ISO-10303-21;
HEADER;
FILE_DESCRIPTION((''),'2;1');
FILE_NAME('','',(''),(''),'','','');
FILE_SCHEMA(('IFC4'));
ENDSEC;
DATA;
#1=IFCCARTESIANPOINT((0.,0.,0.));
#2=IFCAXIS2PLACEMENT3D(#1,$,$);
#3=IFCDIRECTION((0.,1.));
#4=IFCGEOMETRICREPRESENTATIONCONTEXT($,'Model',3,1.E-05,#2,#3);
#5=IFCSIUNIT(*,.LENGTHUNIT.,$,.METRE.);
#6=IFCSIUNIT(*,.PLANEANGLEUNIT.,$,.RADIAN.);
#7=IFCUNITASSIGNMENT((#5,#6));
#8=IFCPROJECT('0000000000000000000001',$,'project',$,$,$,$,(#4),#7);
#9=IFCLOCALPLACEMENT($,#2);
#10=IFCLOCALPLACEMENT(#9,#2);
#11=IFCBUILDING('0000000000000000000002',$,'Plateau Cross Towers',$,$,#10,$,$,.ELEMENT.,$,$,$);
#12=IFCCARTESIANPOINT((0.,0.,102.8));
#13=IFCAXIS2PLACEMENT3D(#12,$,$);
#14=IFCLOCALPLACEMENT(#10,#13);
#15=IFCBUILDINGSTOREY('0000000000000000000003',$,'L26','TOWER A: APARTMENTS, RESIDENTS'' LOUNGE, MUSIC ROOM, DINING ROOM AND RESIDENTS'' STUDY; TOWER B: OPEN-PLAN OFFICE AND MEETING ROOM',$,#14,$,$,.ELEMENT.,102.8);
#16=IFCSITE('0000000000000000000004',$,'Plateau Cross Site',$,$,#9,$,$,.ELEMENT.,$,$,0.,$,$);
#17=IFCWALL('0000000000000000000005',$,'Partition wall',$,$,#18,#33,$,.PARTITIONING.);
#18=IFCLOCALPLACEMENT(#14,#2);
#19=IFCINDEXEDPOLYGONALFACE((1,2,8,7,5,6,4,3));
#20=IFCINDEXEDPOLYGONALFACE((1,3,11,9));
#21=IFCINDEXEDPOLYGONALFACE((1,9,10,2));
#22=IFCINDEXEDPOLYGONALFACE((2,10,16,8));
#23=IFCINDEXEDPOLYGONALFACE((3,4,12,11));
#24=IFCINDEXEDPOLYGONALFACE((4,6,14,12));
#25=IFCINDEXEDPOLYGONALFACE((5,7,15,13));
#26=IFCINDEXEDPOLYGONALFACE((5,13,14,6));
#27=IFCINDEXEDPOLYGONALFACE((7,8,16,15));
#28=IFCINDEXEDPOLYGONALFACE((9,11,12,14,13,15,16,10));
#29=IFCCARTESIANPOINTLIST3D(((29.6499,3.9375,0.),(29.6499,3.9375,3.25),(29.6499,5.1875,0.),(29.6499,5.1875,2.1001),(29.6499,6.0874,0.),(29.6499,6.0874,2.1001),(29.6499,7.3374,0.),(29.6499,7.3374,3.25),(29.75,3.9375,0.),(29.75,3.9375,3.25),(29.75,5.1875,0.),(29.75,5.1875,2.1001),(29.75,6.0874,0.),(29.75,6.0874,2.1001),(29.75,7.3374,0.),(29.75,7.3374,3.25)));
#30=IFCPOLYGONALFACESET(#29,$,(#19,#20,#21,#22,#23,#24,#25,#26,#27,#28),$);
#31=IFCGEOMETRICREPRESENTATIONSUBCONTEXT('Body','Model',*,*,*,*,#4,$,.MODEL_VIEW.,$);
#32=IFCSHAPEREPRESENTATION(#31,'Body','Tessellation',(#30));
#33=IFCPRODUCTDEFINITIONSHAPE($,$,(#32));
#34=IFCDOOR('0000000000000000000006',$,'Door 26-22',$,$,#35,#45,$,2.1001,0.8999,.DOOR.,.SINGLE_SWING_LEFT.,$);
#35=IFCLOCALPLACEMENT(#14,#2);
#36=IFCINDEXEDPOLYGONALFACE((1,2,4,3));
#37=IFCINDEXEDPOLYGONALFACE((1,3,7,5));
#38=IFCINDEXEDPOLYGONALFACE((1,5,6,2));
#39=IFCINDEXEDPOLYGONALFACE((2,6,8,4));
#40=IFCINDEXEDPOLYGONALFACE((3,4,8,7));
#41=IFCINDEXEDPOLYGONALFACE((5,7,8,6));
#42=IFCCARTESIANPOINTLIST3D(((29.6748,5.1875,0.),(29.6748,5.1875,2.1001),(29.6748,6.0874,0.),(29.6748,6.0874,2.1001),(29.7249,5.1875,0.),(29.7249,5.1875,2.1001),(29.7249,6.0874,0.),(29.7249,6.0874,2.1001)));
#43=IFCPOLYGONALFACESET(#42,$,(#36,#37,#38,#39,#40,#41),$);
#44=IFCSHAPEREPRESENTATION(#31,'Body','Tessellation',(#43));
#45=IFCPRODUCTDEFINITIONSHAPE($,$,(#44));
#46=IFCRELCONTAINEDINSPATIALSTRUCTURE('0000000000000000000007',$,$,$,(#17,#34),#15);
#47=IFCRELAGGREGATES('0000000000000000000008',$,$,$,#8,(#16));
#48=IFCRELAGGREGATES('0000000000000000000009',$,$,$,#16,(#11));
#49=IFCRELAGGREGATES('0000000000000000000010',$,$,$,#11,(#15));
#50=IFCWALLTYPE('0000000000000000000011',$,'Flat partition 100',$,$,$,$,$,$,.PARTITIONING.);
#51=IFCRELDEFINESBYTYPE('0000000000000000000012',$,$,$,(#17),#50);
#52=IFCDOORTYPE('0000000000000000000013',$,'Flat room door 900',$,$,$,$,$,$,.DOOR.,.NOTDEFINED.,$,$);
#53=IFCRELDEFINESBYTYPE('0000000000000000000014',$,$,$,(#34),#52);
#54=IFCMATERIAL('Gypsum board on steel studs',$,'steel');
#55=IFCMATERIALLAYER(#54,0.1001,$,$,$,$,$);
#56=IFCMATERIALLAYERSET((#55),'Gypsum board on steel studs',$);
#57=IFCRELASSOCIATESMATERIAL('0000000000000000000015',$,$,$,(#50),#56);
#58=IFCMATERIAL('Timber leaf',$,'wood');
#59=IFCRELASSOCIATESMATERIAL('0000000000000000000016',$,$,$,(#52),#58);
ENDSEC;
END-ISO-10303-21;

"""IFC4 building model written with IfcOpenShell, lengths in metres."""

from ifc_helpers import new_model, si_unit, direction, frame, frame_2d, origin, place, context, subcontext, project, spatial, rectangle, extrude, material, layer, layer_set, type_object, element, fill, save


model = new_model("IFC4")

# Units and contexts
model_context = context("Model", 3, precision=1e-05, world=origin(), true_north=direction((0.0, 1.0)))
body_context = subcontext(model_context, "Body", "Model", "MODEL_VIEW")
ifc_project = project(units=[si_unit("LENGTHUNIT", "METRE"), si_unit("PLANEANGLEUNIT", "RADIAN")], contexts=[model_context])

# Site, building, storey
site_placement = place(None, origin())
site = spatial("IfcSite", under=ifc_project, at=site_placement, Name="Plateau Cross Site", CompositionType="ELEMENT", RefElevation=0.0)
building_placement = place(site_placement, origin())
building = spatial("IfcBuilding", under=site, at=building_placement, Name="Plateau Cross Towers", CompositionType="ELEMENT")
storey_placement = place(building_placement, frame((0.0, 0.0, 102.8)))
storey = spatial("IfcBuildingStorey", under=building, at=storey_placement, Name="L26", Description="TOWER A: APARTMENTS, RESIDENTS' LOUNGE, MUSIC ROOM, DINING ROOM AND RESIDENTS' STUDY; TOWER B: OPEN-PLAN OFFICE AND MEETING ROOM", CompositionType="ELEMENT", Elevation=102.8)

# Shared definitions
ifc_material_1 = material(Name="Gypsum board on steel studs", Category="steel")
ifc_layer_1 = layer(ifc_material_1, 0.1001)
ifc_layer_set_1 = layer_set([ifc_layer_1], Name="Gypsum board on steel studs")
wall_type_1 = type_object("IfcWallType", Name="Flat partition 100", PredefinedType="PARTITIONING", material=ifc_layer_set_1)
ifc_material_2 = material(Name="Timber leaf", Category="wood")
door_type_1 = type_object("IfcDoorType", Name="Flat room door 900", OperationType="NOTDEFINED", PredefinedType="DOOR", material=ifc_material_2)

# Wall, opening, door
wall_1_placement = place(storey_placement, frame((29.7, 7.3374, 0.0), z_axis=(0.0, 0.0, 1.0), x_axis=(0.0, -1.0, 0.0)))
wall_1 = element("IfcWall", 1, at=wall_1_placement, inside=storey, type_object=wall_type_1, Name="Partition wall", PredefinedType="PARTITIONING", context=body_context, shape_type="SweptSolid", body=[
    extrude(rectangle(XDim=3.3999, YDim=0.1001, at=frame_2d((1.7, 0.0))), origin(), (0.0, 0.0, 1.0), 3.25),
])
opening_1_placement = place(wall_1_placement, frame((1.25, 0.0, 0.0)))
opening_1 = element("IfcOpeningElement", 2, at=opening_1_placement, cuts=wall_1, PredefinedType="OPENING", context=body_context, shape_type="SweptSolid", body=[
    extrude(rectangle(XDim=0.8999, YDim=2.1001, at=frame_2d((0.45, 1.05))), frame((0.0, 0.0601, 0.0), z_axis=(0.0, -1.0, 0.0), x_axis=(1.0, 0.0, 0.0)), (0.0, 0.0, 1.0), 0.1201),
])
door_1_placement = place(opening_1_placement, origin())
door_1 = element("IfcDoor", 3, at=door_1_placement, inside=storey, type_object=door_type_1, Name="Door 26-22", OperationType="SINGLE_SWING_LEFT", OverallHeight=2.1001, OverallWidth=0.8999, PredefinedType="DOOR", context=body_context, shape_type="SweptSolid", body=[
    extrude(rectangle(XDim=0.8999, YDim=2.1001, at=frame_2d((0.45, 1.05))), frame((0.0, 0.0249, 0.0), z_axis=(0.0, -1.0, 0.0), x_axis=(1.0, 0.0, 0.0)), (0.0, 0.0, 1.0), 0.05),
])
fill(opening_1, door_1)

save(model, "model.ifc")
